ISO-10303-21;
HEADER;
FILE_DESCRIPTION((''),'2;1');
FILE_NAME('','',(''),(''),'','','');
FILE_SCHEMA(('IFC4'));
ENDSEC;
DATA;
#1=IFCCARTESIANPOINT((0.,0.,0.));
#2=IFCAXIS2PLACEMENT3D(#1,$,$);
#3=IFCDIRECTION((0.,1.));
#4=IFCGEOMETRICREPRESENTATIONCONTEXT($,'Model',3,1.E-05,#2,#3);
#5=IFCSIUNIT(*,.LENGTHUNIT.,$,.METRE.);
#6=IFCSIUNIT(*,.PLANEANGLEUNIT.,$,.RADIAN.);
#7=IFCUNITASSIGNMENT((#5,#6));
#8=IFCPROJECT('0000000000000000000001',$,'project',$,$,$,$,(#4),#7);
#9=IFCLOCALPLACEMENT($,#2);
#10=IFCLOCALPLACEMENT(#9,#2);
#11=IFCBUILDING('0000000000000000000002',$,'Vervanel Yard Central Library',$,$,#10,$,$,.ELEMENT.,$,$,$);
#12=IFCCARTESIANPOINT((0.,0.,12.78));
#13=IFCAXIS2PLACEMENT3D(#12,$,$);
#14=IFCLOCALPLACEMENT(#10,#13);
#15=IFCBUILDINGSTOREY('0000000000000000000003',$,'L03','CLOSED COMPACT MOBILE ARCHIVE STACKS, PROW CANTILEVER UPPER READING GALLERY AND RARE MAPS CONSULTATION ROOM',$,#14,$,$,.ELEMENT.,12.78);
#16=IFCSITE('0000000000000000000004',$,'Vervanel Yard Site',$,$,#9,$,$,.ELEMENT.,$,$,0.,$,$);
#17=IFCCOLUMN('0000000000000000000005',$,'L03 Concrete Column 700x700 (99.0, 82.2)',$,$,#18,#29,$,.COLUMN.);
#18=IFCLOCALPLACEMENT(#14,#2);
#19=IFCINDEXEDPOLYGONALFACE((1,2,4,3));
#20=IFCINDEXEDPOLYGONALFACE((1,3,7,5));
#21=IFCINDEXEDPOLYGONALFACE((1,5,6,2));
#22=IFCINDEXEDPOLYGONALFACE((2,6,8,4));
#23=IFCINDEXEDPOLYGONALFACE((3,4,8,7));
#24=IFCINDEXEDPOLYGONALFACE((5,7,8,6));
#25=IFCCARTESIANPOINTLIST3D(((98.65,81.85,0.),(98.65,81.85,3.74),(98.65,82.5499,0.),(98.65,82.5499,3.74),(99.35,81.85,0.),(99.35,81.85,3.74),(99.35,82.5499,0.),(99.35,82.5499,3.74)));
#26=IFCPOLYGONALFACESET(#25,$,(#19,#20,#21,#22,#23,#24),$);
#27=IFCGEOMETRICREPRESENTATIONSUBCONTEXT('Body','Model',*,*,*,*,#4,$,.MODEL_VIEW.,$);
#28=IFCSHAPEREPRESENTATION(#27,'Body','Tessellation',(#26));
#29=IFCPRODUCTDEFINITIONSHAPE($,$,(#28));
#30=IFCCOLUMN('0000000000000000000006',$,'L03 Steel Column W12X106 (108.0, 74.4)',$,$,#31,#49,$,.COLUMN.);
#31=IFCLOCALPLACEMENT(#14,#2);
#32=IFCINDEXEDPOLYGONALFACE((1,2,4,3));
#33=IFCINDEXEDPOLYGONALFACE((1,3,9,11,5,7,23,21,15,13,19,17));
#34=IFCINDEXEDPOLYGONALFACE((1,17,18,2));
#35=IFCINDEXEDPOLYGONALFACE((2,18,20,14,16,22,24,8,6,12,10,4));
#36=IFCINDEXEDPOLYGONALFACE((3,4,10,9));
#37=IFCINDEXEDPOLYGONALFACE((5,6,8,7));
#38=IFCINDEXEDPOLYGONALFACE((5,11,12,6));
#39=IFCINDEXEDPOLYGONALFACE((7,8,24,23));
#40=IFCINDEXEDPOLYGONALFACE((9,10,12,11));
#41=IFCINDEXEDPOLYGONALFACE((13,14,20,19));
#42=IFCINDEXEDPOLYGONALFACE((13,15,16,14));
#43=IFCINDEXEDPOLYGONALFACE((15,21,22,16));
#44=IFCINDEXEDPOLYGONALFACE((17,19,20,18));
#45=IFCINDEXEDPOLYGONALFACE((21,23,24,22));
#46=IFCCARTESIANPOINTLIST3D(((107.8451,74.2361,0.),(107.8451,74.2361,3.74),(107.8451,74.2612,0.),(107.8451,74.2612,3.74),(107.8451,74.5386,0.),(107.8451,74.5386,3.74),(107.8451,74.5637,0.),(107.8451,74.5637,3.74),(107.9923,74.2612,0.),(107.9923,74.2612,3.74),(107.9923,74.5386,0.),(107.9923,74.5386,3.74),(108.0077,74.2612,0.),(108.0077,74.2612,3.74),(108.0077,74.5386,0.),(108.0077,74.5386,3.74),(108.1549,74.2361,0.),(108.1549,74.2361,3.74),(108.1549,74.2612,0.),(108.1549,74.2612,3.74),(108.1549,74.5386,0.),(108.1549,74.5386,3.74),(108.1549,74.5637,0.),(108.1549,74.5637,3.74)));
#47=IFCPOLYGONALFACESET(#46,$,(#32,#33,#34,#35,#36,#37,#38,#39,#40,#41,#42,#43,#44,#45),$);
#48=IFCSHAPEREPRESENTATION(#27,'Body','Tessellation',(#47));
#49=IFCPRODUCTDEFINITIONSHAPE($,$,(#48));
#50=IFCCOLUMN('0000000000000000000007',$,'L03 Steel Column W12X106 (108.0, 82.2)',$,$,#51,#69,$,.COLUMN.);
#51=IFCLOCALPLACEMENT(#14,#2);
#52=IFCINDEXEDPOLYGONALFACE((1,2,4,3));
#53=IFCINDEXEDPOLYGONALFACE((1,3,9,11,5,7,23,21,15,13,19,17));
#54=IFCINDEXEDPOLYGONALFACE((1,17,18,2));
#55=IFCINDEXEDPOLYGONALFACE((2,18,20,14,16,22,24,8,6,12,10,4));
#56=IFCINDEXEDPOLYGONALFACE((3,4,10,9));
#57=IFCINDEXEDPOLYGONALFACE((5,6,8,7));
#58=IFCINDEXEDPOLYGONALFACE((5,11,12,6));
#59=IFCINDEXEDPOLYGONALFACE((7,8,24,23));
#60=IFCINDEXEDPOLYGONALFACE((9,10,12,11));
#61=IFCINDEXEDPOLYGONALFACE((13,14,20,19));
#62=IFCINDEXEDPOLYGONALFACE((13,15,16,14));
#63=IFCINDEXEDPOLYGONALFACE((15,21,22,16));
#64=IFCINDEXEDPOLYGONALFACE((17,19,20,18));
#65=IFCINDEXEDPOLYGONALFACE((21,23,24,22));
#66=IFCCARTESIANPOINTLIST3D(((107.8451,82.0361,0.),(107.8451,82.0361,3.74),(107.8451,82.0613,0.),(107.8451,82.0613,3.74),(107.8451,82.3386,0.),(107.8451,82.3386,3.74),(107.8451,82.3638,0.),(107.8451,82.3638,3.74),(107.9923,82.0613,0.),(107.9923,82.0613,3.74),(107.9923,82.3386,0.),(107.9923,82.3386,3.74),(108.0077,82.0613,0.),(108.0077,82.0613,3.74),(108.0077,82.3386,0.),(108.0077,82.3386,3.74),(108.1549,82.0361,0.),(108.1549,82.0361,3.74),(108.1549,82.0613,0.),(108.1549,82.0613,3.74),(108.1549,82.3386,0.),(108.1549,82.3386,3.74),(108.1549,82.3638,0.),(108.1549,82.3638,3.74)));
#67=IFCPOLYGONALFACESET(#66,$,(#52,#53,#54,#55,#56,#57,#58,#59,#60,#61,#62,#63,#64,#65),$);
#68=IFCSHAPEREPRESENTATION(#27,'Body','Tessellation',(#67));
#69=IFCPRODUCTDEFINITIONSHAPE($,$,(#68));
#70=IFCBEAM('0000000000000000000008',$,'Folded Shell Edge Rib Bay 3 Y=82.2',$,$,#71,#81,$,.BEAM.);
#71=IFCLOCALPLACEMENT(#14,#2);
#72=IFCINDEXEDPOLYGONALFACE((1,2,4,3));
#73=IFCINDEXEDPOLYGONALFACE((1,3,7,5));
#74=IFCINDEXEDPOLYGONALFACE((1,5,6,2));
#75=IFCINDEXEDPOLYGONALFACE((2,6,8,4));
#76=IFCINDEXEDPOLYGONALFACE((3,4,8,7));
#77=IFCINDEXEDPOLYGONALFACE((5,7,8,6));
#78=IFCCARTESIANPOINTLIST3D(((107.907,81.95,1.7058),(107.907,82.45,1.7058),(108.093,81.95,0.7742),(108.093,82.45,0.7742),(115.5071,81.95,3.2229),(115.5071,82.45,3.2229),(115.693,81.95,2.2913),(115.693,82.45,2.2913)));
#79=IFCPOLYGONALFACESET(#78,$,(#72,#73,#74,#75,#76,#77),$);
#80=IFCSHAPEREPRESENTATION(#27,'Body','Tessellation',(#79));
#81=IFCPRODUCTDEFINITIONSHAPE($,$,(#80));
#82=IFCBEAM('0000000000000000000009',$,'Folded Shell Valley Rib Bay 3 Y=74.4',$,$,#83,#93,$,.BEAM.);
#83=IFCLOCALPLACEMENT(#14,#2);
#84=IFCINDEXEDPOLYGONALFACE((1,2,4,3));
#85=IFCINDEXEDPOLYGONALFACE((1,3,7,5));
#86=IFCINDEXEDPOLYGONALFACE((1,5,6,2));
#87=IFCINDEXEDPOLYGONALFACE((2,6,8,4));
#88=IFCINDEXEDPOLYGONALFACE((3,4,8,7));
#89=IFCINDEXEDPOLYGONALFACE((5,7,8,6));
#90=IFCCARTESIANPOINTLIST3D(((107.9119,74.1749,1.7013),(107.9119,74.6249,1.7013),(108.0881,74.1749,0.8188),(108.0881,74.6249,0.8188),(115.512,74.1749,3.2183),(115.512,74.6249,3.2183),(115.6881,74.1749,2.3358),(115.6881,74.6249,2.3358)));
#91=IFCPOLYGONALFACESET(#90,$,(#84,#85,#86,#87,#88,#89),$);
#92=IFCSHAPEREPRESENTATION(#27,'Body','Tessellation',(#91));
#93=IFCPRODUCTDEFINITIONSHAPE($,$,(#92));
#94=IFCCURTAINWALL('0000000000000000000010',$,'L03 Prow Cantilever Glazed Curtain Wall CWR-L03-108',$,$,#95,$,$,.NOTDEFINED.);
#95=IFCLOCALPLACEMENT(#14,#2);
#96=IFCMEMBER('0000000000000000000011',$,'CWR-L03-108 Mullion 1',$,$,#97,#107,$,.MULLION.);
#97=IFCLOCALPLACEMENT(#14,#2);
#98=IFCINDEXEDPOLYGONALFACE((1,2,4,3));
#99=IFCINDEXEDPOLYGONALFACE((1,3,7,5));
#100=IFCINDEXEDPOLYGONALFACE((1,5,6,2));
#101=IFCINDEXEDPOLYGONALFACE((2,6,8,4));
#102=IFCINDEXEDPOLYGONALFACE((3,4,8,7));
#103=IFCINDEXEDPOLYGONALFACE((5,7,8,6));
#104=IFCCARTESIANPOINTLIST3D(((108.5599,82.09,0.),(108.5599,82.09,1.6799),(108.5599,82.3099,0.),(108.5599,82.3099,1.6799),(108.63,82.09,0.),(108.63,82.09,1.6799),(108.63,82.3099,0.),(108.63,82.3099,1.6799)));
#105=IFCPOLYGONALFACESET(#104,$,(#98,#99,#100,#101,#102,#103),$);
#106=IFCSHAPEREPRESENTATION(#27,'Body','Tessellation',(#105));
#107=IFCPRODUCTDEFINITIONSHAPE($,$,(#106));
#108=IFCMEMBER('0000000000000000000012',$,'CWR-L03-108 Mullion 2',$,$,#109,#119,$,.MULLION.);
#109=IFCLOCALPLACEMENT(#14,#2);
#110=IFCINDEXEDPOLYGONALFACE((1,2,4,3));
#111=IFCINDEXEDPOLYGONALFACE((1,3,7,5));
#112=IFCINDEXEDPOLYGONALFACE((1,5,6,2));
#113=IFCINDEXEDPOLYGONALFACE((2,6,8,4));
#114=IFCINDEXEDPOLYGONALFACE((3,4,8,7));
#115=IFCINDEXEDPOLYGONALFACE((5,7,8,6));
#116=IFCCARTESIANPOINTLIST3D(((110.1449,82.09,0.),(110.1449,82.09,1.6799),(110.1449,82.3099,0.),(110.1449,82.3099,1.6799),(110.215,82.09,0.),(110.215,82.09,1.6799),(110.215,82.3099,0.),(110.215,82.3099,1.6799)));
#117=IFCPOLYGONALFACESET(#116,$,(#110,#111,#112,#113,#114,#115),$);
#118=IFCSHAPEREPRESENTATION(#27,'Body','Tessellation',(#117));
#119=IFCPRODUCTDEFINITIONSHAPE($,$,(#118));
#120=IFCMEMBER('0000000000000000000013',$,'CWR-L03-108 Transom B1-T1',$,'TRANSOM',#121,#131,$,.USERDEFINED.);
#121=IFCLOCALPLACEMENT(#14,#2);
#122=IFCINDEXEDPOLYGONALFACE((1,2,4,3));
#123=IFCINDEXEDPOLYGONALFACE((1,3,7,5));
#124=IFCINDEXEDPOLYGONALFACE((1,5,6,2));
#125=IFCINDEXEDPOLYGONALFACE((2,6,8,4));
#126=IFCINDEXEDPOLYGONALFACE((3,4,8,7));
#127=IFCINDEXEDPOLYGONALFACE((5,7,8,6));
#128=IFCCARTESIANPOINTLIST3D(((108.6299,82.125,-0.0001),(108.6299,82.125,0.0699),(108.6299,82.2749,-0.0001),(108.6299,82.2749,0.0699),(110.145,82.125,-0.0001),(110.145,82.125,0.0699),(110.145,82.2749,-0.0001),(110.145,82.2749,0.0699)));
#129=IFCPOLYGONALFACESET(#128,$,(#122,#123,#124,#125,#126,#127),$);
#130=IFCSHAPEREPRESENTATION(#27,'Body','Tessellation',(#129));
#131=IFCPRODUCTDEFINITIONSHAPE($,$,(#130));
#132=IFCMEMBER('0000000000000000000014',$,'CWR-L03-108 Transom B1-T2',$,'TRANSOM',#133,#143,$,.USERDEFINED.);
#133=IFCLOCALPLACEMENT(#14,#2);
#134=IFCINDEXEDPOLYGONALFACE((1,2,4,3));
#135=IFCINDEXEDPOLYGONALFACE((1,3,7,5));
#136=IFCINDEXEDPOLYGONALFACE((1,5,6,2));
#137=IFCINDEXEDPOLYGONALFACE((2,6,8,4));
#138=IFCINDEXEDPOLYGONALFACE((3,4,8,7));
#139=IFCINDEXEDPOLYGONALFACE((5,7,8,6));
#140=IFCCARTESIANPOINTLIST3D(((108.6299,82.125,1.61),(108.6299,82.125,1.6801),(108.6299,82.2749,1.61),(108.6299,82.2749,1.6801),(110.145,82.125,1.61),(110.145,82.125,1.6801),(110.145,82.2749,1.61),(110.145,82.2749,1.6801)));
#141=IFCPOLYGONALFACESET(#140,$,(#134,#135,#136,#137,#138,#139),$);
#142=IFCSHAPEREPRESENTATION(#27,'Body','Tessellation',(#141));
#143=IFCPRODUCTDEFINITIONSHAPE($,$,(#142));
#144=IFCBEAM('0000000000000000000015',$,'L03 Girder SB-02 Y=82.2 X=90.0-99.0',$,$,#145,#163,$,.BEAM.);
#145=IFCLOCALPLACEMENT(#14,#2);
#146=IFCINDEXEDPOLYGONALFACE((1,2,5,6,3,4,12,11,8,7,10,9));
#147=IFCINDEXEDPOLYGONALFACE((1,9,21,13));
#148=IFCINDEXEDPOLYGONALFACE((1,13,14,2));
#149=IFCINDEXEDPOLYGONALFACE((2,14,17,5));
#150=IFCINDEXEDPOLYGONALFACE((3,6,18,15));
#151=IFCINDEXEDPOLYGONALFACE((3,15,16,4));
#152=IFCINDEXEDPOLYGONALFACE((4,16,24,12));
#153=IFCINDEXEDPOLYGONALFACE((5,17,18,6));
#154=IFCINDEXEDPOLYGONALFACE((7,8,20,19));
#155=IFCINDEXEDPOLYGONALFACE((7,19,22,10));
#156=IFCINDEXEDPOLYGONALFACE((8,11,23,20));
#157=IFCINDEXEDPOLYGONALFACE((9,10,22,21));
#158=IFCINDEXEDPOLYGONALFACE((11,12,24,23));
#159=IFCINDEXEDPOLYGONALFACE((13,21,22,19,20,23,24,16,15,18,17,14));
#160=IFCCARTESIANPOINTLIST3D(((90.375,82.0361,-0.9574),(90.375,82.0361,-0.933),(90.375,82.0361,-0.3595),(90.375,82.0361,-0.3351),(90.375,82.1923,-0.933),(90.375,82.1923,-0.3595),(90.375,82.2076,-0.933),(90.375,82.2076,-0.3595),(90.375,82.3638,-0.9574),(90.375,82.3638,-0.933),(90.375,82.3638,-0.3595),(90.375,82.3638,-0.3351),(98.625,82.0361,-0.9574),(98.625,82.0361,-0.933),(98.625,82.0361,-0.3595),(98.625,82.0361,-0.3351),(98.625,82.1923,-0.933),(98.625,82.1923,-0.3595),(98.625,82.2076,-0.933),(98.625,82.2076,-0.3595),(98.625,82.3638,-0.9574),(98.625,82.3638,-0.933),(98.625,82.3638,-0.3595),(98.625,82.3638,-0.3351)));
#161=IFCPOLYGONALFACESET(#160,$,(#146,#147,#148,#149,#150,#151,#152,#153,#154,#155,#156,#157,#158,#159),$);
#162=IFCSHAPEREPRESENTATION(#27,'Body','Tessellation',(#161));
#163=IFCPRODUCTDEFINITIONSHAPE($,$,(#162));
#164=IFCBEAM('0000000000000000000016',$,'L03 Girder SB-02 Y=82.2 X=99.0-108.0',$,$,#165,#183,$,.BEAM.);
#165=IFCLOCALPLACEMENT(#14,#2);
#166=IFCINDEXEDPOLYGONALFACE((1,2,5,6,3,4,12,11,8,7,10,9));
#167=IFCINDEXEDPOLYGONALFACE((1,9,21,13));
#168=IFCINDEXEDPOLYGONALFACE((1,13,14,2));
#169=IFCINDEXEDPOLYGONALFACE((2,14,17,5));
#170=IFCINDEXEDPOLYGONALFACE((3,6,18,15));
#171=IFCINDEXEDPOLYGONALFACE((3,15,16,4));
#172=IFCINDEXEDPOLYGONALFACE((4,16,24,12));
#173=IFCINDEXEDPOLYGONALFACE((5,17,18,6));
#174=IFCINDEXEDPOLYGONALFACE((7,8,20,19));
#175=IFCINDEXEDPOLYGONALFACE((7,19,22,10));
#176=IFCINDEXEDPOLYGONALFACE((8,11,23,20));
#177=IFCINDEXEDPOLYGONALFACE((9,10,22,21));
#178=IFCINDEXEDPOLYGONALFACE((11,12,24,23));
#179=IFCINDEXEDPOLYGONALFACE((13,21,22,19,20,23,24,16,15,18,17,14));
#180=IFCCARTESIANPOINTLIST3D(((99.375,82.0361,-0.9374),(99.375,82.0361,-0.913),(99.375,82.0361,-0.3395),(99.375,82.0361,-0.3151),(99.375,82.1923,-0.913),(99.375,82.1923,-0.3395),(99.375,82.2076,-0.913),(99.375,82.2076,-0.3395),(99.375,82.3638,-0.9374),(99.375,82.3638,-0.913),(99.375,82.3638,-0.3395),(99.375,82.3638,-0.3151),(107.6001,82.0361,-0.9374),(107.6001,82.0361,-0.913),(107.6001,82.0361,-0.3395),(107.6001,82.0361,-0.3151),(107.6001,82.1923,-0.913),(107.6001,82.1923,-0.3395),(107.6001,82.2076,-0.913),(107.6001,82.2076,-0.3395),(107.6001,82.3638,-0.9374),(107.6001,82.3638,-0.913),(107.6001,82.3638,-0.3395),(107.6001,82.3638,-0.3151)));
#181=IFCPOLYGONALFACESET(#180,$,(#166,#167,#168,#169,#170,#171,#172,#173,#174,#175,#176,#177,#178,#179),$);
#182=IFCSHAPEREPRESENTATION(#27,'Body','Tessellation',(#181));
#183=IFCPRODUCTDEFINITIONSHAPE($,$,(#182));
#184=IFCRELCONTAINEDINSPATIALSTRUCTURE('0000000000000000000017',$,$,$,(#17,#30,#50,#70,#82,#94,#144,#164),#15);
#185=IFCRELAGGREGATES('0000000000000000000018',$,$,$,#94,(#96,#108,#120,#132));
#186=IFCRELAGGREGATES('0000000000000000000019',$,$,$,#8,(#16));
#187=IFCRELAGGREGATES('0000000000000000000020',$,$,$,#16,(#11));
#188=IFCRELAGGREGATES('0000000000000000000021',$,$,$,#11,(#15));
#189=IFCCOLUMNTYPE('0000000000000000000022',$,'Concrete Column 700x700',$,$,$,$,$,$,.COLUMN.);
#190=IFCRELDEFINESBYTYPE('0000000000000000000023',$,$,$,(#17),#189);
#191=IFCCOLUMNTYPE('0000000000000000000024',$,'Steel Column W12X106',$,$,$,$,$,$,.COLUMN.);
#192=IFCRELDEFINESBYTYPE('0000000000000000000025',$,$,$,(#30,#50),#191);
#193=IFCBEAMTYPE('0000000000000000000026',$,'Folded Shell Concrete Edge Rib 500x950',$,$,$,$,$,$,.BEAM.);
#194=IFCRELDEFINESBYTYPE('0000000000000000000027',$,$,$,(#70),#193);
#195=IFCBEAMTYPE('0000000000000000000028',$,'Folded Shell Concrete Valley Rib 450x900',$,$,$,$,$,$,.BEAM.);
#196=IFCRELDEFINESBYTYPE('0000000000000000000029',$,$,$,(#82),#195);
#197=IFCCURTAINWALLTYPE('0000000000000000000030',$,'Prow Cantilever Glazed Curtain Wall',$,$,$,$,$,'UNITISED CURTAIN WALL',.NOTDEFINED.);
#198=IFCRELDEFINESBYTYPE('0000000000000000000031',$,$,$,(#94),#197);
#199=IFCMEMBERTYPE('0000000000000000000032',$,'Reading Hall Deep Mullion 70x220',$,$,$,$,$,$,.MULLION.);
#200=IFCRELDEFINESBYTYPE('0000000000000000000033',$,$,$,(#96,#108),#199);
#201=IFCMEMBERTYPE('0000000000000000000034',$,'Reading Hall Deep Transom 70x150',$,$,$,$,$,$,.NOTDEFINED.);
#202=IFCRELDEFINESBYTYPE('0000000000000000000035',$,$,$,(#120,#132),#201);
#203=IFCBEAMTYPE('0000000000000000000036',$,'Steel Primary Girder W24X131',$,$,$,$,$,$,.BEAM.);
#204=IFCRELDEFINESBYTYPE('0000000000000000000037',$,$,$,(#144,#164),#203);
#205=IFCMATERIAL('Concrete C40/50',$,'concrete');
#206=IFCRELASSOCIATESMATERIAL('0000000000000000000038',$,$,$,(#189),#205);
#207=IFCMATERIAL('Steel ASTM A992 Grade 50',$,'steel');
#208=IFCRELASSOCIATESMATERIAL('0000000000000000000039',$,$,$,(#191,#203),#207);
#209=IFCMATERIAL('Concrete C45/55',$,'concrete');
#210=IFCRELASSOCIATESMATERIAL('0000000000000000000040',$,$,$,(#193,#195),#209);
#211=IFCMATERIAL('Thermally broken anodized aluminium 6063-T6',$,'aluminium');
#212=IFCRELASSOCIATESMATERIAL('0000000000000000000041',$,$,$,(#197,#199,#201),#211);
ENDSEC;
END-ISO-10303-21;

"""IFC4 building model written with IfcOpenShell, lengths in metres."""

from ifc_helpers import new_model, si_unit, direction, frame, origin, origin_2d, place, context, subcontext, project, spatial, rectangle, i_section, extrude, material, material_profile, profile_set, type_object, element, aggregate, save


model = new_model("IFC4")

# Units and contexts
model_context = context("Model", 3, precision=1e-05, world=origin(), true_north=direction((0.0, 1.0)))
body_context = subcontext(model_context, "Body", "Model", "MODEL_VIEW")
ifc_project = project(units=[si_unit("LENGTHUNIT", "METRE"), si_unit("PLANEANGLEUNIT", "RADIAN")], contexts=[model_context])

# Site, building, storey
site_placement = place(None, origin())
site = spatial("IfcSite", under=ifc_project, at=site_placement, Name="Vervanel Yard Site", CompositionType="ELEMENT", RefElevation=0.0)
building_placement = place(site_placement, origin())
building = spatial("IfcBuilding", under=site, at=building_placement, Name="Vervanel Yard Central Library", CompositionType="ELEMENT")
storey_placement = place(building_placement, frame((0.0, 0.0, 12.78)))
storey = spatial("IfcBuildingStorey", under=building, at=storey_placement, Name="L03", Description="CLOSED COMPACT MOBILE ARCHIVE STACKS, PROW CANTILEVER UPPER READING GALLERY AND RARE MAPS CONSULTATION ROOM", CompositionType="ELEMENT", Elevation=12.78)

# Columns
ifc_material_1 = material(Name="Concrete C40/50", Category="concrete")
ifc_material_profile_1 = material_profile(ifc_material_1, rectangle(XDim=0.7, YDim=0.7, at=origin_2d()), Name="RC 700x700", Category="concrete")
ifc_profile_set_1 = profile_set([ifc_material_profile_1], Name="Concrete C40/50")
column_type_1 = type_object("IfcColumnType", Name="Concrete Column 700x700", PredefinedType="COLUMN", material=ifc_profile_set_1)
column_placement = place(storey_placement, frame((99.0, 82.2, 0.0), z_axis=(0.0, 0.0, 1.0), x_axis=(1.0, 0.0, 0.0)))
element("IfcColumn", 1, at=column_placement, inside=storey, type_object=column_type_1, Name="L03 Concrete Column 700x700 (99.0, 82.2)", PredefinedType="COLUMN", context=body_context, shape_type="SweptSolid", body=[
    extrude(rectangle(XDim=0.7, YDim=0.7, at=origin_2d()), origin(), (0.0, 0.0, 1.0), 3.74),
])
ifc_material_2 = material(Name="Steel ASTM A992 Grade 50", Category="steel")
ifc_material_profile_2 = material_profile(ifc_material_2, i_section(OverallWidth=0.3098, OverallDepth=0.3276, WebThickness=0.0154, FlangeThickness=0.0251, at=origin_2d()), Name="W12X106", Category="steel")
ifc_profile_set_2 = profile_set([ifc_material_profile_2], Name="Steel ASTM A992 Grade 50")
column_type_2 = type_object("IfcColumnType", Name="Steel Column W12X106", PredefinedType="COLUMN", material=ifc_profile_set_2)
for number, where, z_axis, x_axis, name in (
    (2, (108.0, 74.3999, 0.0), (0.0, 0.0, 1.0), (1.0, 0.0, 0.0), "L03 Steel Column W12X106 (108.0, 74.4)"),
    (3, (108.0, 82.2, 0.0), (0.0, 0.0, 1.0), (1.0, 0.0, 0.0), "L03 Steel Column W12X106 (108.0, 82.2)"),
):
    element("IfcColumn", number, at=place(storey_placement, frame(where, z_axis=z_axis, x_axis=x_axis)), inside=storey, type_object=column_type_2, Name=name, PredefinedType="COLUMN", context=body_context, shape_type="SweptSolid", body=[
        extrude(i_section(OverallWidth=0.3098, OverallDepth=0.3276, WebThickness=0.0154, FlangeThickness=0.0251, at=origin_2d()), origin(), (0.0, 0.0, 1.0), 3.74),
    ])

# Beams
ifc_material_3 = material(Name="Concrete C45/55", Category="concrete")
ifc_material_profile_3 = material_profile(ifc_material_3, rectangle(XDim=0.5, YDim=0.95, at=origin_2d()), Name="RC 500x950", Category="concrete")
ifc_profile_set_3 = profile_set([ifc_material_profile_3], Name="Concrete C45/55")
beam_type_1 = type_object("IfcBeamType", Name="Folded Shell Concrete Edge Rib 500x950", PredefinedType="BEAM", material=ifc_profile_set_3)
beam_1_placement = place(storey_placement, frame((108.0, 82.2, 1.24), z_axis=(0.980653, 0.0, 0.195753), x_axis=(0.0, 1.0, 0.0)))
element("IfcBeam", 4, at=beam_1_placement, inside=storey, type_object=beam_type_1, Name="Folded Shell Edge Rib Bay 3 Y=82.2", PredefinedType="BEAM", context=body_context, shape_type="SweptSolid", body=[
    extrude(rectangle(XDim=0.5, YDim=0.95, at=origin_2d()), origin(), (0.0, 0.0, 1.0), 7.75),
])
ifc_material_profile_4 = material_profile(ifc_material_3, rectangle(XDim=0.45, YDim=0.8999, at=origin_2d()), Name="RC 450x900", Category="concrete")
ifc_profile_set_4 = profile_set([ifc_material_profile_4], Name="Concrete C45/55")
beam_type_2 = type_object("IfcBeamType", Name="Folded Shell Concrete Valley Rib 450x900", PredefinedType="BEAM", material=ifc_profile_set_4)
beam_2_placement = place(storey_placement, frame((108.0, 74.3999, 1.26), z_axis=(0.980653, 0.0, 0.195753), x_axis=(0.0, 1.0, 0.0)))
element("IfcBeam", 5, at=beam_2_placement, inside=storey, type_object=beam_type_2, Name="Folded Shell Valley Rib Bay 3 Y=74.4", PredefinedType="BEAM", context=body_context, shape_type="SweptSolid", body=[
    extrude(rectangle(XDim=0.45, YDim=0.8999, at=origin_2d()), origin(), (0.0, 0.0, 1.0), 7.75),
])

# Curtain wall, members
ifc_material_4 = material(Name="Thermally broken anodized aluminium 6063-T6", Category="aluminium")
curtain_wall_type = type_object("IfcCurtainWallType", Name="Prow Cantilever Glazed Curtain Wall", ElementType="UNITISED CURTAIN WALL", PredefinedType="NOTDEFINED", material=ifc_material_4)
curtain_wall_placement = place(storey_placement, origin())
curtain_wall = element("IfcCurtainWall", 6, at=curtain_wall_placement, inside=storey, type_object=curtain_wall_type, Name="L03 Prow Cantilever Glazed Curtain Wall CWR-L03-108", PredefinedType="NOTDEFINED")
ifc_material_profile_5 = material_profile(ifc_material_4, rectangle(XDim=0.0701, YDim=0.22, at=origin_2d()), Name="ALU 70x220", Category="aluminium")
ifc_profile_set_5 = profile_set([ifc_material_profile_5], Name="Thermally broken anodized aluminium 6063-T6")
member_type_1 = type_object("IfcMemberType", Name="Reading Hall Deep Mullion 70x220", PredefinedType="MULLION", material=ifc_profile_set_5)
member_1_placement = place(storey_placement, frame((108.595, 82.2, 0.0), z_axis=(0.0, 0.0, 1.0), x_axis=(1.0, 0.0, 0.0)))
member_1 = element("IfcMember", 7, at=member_1_placement, type_object=member_type_1, Name="CWR-L03-108 Mullion 1", PredefinedType="MULLION", context=body_context, shape_type="SweptSolid", body=[
    extrude(rectangle(XDim=0.0701, YDim=0.22, at=origin_2d()), origin(), (0.0, 0.0, 1.0), 1.6799),
])
member_2_placement = place(storey_placement, frame((110.1799, 82.2, 0.0), z_axis=(0.0, 0.0, 1.0), x_axis=(1.0, 0.0, 0.0)))
member_2 = element("IfcMember", 8, at=member_2_placement, type_object=member_type_1, Name="CWR-L03-108 Mullion 2", PredefinedType="MULLION", context=body_context, shape_type="SweptSolid", body=[
    extrude(rectangle(XDim=0.0701, YDim=0.22, at=origin_2d()), origin(), (0.0, 0.0, 1.0), 1.6799),
])
ifc_material_profile_6 = material_profile(ifc_material_4, rectangle(XDim=0.0701, YDim=0.1499, at=origin_2d()), Name="ALU 70x150", Category="aluminium")
ifc_profile_set_6 = profile_set([ifc_material_profile_6], Name="Thermally broken anodized aluminium 6063-T6")
member_type_2 = type_object("IfcMemberType", Name="Reading Hall Deep Transom 70x150", PredefinedType="NOTDEFINED", material=ifc_profile_set_6)
member_3_placement = place(storey_placement, frame((108.6299, 82.2, 0.0349), z_axis=(1.0, 0.0, 0.0), x_axis=(0.0, 0.0, 1.0)))
member_3 = element("IfcMember", 9, at=member_3_placement, type_object=member_type_2, Name="CWR-L03-108 Transom B1-T1", ObjectType="TRANSOM", PredefinedType="USERDEFINED", context=body_context, shape_type="SweptSolid", body=[
    extrude(rectangle(XDim=0.0701, YDim=0.1499, at=origin_2d()), origin(), (0.0, 0.0, 1.0), 1.5151),
])
member_4_placement = place(storey_placement, frame((108.6299, 82.2, 1.645), z_axis=(1.0, 0.0, 0.0), x_axis=(0.0, 0.0, 1.0)))
member_4 = element("IfcMember", 10, at=member_4_placement, type_object=member_type_2, Name="CWR-L03-108 Transom B1-T2", ObjectType="TRANSOM", PredefinedType="USERDEFINED", context=body_context, shape_type="SweptSolid", body=[
    extrude(rectangle(XDim=0.0701, YDim=0.1499, at=origin_2d()), origin(), (0.0, 0.0, 1.0), 1.5151),
])

# Beams
ifc_material_profile_7 = material_profile(ifc_material_2, i_section(OverallWidth=0.3276, OverallDepth=0.6223, WebThickness=0.0154, FlangeThickness=0.0244, at=origin_2d()), Name="W24X131", Category="steel")
ifc_profile_set_7 = profile_set([ifc_material_profile_7], Name="Steel ASTM A992 Grade 50")
beam_type_3 = type_object("IfcBeamType", Name="Steel Primary Girder W24X131", PredefinedType="BEAM", material=ifc_profile_set_7)
beam_3_placement = place(storey_placement, frame((90.375, 82.2, -0.6462), z_axis=(1.0, 0.0, 0.0), x_axis=(0.0, 1.0, 0.0)))
element("IfcBeam", 11, at=beam_3_placement, inside=storey, type_object=beam_type_3, Name="L03 Girder SB-02 Y=82.2 X=90.0-99.0", PredefinedType="BEAM", context=body_context, shape_type="SweptSolid", body=[
    extrude(i_section(OverallWidth=0.3276, OverallDepth=0.6223, WebThickness=0.0154, FlangeThickness=0.0244, at=origin_2d()), origin(), (0.0, 0.0, 1.0), 8.25),
])
beam_4_placement = place(storey_placement, frame((99.375, 82.2, -0.6262), z_axis=(1.0, 0.0, 0.0), x_axis=(0.0, 1.0, 0.0)))
element("IfcBeam", 12, at=beam_4_placement, inside=storey, type_object=beam_type_3, Name="L03 Girder SB-02 Y=82.2 X=99.0-108.0", PredefinedType="BEAM", context=body_context, shape_type="SweptSolid", body=[
    extrude(i_section(OverallWidth=0.3276, OverallDepth=0.6223, WebThickness=0.0154, FlangeThickness=0.0244, at=origin_2d()), origin(), (0.0, 0.0, 1.0), 8.2251),
])

aggregate(curtain_wall, [member_1, member_2, member_3, member_4])

save(model, "model.ifc")
